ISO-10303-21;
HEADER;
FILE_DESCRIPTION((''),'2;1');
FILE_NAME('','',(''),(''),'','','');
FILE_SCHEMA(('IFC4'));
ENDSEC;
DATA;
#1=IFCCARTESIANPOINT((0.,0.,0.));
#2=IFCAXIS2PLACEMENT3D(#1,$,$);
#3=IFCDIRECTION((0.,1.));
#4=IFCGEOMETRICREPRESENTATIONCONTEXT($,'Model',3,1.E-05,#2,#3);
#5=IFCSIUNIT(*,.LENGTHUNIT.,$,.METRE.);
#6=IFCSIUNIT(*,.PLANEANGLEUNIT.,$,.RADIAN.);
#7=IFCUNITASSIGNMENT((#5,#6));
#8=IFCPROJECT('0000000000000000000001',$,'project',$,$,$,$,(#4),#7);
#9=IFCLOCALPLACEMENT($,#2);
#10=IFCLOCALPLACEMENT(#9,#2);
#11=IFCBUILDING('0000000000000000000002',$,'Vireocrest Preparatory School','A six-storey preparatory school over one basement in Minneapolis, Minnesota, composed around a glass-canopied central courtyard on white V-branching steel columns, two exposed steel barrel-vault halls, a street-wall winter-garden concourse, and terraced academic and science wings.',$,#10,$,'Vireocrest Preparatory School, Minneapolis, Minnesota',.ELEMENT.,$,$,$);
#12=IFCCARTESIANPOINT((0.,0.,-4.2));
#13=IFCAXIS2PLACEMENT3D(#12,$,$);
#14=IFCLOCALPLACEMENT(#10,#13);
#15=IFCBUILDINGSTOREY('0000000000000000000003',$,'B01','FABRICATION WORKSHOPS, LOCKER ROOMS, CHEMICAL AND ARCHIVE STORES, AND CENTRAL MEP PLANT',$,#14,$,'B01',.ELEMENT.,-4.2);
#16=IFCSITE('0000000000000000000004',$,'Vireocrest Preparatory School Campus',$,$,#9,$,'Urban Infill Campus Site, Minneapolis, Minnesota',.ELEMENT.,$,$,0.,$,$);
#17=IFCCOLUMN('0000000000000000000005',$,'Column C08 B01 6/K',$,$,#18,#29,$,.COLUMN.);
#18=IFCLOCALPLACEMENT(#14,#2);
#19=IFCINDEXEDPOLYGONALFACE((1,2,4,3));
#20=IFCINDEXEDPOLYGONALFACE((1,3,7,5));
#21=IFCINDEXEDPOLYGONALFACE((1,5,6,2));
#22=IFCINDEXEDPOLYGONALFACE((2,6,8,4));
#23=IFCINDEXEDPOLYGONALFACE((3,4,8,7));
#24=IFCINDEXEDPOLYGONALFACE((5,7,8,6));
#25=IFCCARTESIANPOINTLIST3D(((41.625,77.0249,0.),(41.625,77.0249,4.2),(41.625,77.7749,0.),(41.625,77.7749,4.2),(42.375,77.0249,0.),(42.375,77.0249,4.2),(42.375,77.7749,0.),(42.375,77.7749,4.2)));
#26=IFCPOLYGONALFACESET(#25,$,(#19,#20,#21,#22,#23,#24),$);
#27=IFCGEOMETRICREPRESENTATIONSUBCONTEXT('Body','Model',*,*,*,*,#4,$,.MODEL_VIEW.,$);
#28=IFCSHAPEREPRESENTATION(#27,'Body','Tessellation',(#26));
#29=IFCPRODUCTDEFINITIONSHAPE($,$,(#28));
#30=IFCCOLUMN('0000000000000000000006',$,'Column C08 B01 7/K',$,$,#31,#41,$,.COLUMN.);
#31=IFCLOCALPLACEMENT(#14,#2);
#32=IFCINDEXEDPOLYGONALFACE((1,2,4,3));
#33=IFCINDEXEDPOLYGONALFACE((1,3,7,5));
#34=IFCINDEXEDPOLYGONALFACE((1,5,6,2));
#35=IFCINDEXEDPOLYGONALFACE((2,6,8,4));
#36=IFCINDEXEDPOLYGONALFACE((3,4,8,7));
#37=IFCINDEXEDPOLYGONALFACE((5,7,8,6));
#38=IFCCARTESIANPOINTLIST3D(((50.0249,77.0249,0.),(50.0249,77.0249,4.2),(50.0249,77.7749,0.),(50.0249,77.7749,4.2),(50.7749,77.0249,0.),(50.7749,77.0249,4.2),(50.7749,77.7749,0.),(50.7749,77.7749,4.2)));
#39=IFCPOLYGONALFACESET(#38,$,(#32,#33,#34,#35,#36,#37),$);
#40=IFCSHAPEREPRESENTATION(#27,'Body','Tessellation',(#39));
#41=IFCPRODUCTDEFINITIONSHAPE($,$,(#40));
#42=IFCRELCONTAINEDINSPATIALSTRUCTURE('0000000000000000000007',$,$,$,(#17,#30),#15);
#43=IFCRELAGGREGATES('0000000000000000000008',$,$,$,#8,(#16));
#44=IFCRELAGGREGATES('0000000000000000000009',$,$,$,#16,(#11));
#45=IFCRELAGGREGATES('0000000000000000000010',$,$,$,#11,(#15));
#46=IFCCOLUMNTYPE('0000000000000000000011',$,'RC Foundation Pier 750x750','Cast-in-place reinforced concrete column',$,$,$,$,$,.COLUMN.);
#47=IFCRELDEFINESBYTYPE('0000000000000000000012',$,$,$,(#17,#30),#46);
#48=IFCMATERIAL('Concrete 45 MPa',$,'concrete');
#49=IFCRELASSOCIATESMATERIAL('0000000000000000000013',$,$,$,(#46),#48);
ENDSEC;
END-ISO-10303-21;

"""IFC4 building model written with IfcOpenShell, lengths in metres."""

from ifc_helpers import new_model, si_unit, direction, frame, origin, origin_2d, place, context, subcontext, project, spatial, rectangle, extrude, material, material_profile, profile_set, type_object, element, save


model = new_model("IFC4")

# Units and contexts
model_context = context("Model", 3, precision=1e-05, world=origin(), true_north=direction((0.0, 1.0)))
body_context = subcontext(model_context, "Body", "Model", "MODEL_VIEW")
ifc_project = project(units=[si_unit("LENGTHUNIT", "METRE"), si_unit("PLANEANGLEUNIT", "RADIAN")], contexts=[model_context])

# Site, building, storey
site_placement = place(None, origin())
site = spatial("IfcSite", under=ifc_project, at=site_placement, Name="Vireocrest Preparatory School Campus", LongName="Urban Infill Campus Site, Minneapolis, Minnesota", CompositionType="ELEMENT", RefElevation=0.0)
building_placement = place(site_placement, origin())
building = spatial("IfcBuilding", under=site, at=building_placement, Name="Vireocrest Preparatory School", Description="A six-storey preparatory school over one basement in Minneapolis, Minnesota, composed around a glass-canopied central courtyard on white V-branching steel columns, two exposed steel barrel-vault halls, a street-wall winter-garden concourse, and terraced academic and science wings.", LongName="Vireocrest Preparatory School, Minneapolis, Minnesota", CompositionType="ELEMENT")
storey_placement = place(building_placement, frame((0.0, 0.0, -4.2)))
storey = spatial("IfcBuildingStorey", under=building, at=storey_placement, Name="B01", Description="FABRICATION WORKSHOPS, LOCKER ROOMS, CHEMICAL AND ARCHIVE STORES, AND CENTRAL MEP PLANT", LongName="B01", CompositionType="ELEMENT", Elevation=-4.2)

# Columns
ifc_material_1 = material(Name="Concrete 45 MPa", Category="concrete")
ifc_material_profile_1 = material_profile(ifc_material_1, rectangle(XDim=0.75, YDim=0.75, at=origin_2d()), Name="RC 750x750")
ifc_profile_set_1 = profile_set([ifc_material_profile_1], Name="Concrete 45 MPa")
column_type = type_object("IfcColumnType", Name="RC Foundation Pier 750x750", Description="Cast-in-place reinforced concrete column", PredefinedType="COLUMN", material=ifc_profile_set_1)
for number, where, z_axis, x_axis, name in (
    (1, (42.0, 77.3999, 0.0), (0.0, 0.0, 1.0), (1.0, 0.0, 0.0), "Column C08 B01 6/K"),
    (2, (50.3999, 77.3999, 0.0), (0.0, 0.0, 1.0), (1.0, 0.0, 0.0), "Column C08 B01 7/K"),
):
    element("IfcColumn", number, at=place(storey_placement, frame(where, z_axis=z_axis, x_axis=x_axis)), inside=storey, type_object=column_type, Name=name, PredefinedType="COLUMN", context=body_context, shape_type="SweptSolid", body=[
        extrude(rectangle(XDim=0.75, YDim=0.75, at=origin_2d()), origin(), (0.0, 0.0, 1.0), 4.2),
    ])

save(model, "model.ifc")
